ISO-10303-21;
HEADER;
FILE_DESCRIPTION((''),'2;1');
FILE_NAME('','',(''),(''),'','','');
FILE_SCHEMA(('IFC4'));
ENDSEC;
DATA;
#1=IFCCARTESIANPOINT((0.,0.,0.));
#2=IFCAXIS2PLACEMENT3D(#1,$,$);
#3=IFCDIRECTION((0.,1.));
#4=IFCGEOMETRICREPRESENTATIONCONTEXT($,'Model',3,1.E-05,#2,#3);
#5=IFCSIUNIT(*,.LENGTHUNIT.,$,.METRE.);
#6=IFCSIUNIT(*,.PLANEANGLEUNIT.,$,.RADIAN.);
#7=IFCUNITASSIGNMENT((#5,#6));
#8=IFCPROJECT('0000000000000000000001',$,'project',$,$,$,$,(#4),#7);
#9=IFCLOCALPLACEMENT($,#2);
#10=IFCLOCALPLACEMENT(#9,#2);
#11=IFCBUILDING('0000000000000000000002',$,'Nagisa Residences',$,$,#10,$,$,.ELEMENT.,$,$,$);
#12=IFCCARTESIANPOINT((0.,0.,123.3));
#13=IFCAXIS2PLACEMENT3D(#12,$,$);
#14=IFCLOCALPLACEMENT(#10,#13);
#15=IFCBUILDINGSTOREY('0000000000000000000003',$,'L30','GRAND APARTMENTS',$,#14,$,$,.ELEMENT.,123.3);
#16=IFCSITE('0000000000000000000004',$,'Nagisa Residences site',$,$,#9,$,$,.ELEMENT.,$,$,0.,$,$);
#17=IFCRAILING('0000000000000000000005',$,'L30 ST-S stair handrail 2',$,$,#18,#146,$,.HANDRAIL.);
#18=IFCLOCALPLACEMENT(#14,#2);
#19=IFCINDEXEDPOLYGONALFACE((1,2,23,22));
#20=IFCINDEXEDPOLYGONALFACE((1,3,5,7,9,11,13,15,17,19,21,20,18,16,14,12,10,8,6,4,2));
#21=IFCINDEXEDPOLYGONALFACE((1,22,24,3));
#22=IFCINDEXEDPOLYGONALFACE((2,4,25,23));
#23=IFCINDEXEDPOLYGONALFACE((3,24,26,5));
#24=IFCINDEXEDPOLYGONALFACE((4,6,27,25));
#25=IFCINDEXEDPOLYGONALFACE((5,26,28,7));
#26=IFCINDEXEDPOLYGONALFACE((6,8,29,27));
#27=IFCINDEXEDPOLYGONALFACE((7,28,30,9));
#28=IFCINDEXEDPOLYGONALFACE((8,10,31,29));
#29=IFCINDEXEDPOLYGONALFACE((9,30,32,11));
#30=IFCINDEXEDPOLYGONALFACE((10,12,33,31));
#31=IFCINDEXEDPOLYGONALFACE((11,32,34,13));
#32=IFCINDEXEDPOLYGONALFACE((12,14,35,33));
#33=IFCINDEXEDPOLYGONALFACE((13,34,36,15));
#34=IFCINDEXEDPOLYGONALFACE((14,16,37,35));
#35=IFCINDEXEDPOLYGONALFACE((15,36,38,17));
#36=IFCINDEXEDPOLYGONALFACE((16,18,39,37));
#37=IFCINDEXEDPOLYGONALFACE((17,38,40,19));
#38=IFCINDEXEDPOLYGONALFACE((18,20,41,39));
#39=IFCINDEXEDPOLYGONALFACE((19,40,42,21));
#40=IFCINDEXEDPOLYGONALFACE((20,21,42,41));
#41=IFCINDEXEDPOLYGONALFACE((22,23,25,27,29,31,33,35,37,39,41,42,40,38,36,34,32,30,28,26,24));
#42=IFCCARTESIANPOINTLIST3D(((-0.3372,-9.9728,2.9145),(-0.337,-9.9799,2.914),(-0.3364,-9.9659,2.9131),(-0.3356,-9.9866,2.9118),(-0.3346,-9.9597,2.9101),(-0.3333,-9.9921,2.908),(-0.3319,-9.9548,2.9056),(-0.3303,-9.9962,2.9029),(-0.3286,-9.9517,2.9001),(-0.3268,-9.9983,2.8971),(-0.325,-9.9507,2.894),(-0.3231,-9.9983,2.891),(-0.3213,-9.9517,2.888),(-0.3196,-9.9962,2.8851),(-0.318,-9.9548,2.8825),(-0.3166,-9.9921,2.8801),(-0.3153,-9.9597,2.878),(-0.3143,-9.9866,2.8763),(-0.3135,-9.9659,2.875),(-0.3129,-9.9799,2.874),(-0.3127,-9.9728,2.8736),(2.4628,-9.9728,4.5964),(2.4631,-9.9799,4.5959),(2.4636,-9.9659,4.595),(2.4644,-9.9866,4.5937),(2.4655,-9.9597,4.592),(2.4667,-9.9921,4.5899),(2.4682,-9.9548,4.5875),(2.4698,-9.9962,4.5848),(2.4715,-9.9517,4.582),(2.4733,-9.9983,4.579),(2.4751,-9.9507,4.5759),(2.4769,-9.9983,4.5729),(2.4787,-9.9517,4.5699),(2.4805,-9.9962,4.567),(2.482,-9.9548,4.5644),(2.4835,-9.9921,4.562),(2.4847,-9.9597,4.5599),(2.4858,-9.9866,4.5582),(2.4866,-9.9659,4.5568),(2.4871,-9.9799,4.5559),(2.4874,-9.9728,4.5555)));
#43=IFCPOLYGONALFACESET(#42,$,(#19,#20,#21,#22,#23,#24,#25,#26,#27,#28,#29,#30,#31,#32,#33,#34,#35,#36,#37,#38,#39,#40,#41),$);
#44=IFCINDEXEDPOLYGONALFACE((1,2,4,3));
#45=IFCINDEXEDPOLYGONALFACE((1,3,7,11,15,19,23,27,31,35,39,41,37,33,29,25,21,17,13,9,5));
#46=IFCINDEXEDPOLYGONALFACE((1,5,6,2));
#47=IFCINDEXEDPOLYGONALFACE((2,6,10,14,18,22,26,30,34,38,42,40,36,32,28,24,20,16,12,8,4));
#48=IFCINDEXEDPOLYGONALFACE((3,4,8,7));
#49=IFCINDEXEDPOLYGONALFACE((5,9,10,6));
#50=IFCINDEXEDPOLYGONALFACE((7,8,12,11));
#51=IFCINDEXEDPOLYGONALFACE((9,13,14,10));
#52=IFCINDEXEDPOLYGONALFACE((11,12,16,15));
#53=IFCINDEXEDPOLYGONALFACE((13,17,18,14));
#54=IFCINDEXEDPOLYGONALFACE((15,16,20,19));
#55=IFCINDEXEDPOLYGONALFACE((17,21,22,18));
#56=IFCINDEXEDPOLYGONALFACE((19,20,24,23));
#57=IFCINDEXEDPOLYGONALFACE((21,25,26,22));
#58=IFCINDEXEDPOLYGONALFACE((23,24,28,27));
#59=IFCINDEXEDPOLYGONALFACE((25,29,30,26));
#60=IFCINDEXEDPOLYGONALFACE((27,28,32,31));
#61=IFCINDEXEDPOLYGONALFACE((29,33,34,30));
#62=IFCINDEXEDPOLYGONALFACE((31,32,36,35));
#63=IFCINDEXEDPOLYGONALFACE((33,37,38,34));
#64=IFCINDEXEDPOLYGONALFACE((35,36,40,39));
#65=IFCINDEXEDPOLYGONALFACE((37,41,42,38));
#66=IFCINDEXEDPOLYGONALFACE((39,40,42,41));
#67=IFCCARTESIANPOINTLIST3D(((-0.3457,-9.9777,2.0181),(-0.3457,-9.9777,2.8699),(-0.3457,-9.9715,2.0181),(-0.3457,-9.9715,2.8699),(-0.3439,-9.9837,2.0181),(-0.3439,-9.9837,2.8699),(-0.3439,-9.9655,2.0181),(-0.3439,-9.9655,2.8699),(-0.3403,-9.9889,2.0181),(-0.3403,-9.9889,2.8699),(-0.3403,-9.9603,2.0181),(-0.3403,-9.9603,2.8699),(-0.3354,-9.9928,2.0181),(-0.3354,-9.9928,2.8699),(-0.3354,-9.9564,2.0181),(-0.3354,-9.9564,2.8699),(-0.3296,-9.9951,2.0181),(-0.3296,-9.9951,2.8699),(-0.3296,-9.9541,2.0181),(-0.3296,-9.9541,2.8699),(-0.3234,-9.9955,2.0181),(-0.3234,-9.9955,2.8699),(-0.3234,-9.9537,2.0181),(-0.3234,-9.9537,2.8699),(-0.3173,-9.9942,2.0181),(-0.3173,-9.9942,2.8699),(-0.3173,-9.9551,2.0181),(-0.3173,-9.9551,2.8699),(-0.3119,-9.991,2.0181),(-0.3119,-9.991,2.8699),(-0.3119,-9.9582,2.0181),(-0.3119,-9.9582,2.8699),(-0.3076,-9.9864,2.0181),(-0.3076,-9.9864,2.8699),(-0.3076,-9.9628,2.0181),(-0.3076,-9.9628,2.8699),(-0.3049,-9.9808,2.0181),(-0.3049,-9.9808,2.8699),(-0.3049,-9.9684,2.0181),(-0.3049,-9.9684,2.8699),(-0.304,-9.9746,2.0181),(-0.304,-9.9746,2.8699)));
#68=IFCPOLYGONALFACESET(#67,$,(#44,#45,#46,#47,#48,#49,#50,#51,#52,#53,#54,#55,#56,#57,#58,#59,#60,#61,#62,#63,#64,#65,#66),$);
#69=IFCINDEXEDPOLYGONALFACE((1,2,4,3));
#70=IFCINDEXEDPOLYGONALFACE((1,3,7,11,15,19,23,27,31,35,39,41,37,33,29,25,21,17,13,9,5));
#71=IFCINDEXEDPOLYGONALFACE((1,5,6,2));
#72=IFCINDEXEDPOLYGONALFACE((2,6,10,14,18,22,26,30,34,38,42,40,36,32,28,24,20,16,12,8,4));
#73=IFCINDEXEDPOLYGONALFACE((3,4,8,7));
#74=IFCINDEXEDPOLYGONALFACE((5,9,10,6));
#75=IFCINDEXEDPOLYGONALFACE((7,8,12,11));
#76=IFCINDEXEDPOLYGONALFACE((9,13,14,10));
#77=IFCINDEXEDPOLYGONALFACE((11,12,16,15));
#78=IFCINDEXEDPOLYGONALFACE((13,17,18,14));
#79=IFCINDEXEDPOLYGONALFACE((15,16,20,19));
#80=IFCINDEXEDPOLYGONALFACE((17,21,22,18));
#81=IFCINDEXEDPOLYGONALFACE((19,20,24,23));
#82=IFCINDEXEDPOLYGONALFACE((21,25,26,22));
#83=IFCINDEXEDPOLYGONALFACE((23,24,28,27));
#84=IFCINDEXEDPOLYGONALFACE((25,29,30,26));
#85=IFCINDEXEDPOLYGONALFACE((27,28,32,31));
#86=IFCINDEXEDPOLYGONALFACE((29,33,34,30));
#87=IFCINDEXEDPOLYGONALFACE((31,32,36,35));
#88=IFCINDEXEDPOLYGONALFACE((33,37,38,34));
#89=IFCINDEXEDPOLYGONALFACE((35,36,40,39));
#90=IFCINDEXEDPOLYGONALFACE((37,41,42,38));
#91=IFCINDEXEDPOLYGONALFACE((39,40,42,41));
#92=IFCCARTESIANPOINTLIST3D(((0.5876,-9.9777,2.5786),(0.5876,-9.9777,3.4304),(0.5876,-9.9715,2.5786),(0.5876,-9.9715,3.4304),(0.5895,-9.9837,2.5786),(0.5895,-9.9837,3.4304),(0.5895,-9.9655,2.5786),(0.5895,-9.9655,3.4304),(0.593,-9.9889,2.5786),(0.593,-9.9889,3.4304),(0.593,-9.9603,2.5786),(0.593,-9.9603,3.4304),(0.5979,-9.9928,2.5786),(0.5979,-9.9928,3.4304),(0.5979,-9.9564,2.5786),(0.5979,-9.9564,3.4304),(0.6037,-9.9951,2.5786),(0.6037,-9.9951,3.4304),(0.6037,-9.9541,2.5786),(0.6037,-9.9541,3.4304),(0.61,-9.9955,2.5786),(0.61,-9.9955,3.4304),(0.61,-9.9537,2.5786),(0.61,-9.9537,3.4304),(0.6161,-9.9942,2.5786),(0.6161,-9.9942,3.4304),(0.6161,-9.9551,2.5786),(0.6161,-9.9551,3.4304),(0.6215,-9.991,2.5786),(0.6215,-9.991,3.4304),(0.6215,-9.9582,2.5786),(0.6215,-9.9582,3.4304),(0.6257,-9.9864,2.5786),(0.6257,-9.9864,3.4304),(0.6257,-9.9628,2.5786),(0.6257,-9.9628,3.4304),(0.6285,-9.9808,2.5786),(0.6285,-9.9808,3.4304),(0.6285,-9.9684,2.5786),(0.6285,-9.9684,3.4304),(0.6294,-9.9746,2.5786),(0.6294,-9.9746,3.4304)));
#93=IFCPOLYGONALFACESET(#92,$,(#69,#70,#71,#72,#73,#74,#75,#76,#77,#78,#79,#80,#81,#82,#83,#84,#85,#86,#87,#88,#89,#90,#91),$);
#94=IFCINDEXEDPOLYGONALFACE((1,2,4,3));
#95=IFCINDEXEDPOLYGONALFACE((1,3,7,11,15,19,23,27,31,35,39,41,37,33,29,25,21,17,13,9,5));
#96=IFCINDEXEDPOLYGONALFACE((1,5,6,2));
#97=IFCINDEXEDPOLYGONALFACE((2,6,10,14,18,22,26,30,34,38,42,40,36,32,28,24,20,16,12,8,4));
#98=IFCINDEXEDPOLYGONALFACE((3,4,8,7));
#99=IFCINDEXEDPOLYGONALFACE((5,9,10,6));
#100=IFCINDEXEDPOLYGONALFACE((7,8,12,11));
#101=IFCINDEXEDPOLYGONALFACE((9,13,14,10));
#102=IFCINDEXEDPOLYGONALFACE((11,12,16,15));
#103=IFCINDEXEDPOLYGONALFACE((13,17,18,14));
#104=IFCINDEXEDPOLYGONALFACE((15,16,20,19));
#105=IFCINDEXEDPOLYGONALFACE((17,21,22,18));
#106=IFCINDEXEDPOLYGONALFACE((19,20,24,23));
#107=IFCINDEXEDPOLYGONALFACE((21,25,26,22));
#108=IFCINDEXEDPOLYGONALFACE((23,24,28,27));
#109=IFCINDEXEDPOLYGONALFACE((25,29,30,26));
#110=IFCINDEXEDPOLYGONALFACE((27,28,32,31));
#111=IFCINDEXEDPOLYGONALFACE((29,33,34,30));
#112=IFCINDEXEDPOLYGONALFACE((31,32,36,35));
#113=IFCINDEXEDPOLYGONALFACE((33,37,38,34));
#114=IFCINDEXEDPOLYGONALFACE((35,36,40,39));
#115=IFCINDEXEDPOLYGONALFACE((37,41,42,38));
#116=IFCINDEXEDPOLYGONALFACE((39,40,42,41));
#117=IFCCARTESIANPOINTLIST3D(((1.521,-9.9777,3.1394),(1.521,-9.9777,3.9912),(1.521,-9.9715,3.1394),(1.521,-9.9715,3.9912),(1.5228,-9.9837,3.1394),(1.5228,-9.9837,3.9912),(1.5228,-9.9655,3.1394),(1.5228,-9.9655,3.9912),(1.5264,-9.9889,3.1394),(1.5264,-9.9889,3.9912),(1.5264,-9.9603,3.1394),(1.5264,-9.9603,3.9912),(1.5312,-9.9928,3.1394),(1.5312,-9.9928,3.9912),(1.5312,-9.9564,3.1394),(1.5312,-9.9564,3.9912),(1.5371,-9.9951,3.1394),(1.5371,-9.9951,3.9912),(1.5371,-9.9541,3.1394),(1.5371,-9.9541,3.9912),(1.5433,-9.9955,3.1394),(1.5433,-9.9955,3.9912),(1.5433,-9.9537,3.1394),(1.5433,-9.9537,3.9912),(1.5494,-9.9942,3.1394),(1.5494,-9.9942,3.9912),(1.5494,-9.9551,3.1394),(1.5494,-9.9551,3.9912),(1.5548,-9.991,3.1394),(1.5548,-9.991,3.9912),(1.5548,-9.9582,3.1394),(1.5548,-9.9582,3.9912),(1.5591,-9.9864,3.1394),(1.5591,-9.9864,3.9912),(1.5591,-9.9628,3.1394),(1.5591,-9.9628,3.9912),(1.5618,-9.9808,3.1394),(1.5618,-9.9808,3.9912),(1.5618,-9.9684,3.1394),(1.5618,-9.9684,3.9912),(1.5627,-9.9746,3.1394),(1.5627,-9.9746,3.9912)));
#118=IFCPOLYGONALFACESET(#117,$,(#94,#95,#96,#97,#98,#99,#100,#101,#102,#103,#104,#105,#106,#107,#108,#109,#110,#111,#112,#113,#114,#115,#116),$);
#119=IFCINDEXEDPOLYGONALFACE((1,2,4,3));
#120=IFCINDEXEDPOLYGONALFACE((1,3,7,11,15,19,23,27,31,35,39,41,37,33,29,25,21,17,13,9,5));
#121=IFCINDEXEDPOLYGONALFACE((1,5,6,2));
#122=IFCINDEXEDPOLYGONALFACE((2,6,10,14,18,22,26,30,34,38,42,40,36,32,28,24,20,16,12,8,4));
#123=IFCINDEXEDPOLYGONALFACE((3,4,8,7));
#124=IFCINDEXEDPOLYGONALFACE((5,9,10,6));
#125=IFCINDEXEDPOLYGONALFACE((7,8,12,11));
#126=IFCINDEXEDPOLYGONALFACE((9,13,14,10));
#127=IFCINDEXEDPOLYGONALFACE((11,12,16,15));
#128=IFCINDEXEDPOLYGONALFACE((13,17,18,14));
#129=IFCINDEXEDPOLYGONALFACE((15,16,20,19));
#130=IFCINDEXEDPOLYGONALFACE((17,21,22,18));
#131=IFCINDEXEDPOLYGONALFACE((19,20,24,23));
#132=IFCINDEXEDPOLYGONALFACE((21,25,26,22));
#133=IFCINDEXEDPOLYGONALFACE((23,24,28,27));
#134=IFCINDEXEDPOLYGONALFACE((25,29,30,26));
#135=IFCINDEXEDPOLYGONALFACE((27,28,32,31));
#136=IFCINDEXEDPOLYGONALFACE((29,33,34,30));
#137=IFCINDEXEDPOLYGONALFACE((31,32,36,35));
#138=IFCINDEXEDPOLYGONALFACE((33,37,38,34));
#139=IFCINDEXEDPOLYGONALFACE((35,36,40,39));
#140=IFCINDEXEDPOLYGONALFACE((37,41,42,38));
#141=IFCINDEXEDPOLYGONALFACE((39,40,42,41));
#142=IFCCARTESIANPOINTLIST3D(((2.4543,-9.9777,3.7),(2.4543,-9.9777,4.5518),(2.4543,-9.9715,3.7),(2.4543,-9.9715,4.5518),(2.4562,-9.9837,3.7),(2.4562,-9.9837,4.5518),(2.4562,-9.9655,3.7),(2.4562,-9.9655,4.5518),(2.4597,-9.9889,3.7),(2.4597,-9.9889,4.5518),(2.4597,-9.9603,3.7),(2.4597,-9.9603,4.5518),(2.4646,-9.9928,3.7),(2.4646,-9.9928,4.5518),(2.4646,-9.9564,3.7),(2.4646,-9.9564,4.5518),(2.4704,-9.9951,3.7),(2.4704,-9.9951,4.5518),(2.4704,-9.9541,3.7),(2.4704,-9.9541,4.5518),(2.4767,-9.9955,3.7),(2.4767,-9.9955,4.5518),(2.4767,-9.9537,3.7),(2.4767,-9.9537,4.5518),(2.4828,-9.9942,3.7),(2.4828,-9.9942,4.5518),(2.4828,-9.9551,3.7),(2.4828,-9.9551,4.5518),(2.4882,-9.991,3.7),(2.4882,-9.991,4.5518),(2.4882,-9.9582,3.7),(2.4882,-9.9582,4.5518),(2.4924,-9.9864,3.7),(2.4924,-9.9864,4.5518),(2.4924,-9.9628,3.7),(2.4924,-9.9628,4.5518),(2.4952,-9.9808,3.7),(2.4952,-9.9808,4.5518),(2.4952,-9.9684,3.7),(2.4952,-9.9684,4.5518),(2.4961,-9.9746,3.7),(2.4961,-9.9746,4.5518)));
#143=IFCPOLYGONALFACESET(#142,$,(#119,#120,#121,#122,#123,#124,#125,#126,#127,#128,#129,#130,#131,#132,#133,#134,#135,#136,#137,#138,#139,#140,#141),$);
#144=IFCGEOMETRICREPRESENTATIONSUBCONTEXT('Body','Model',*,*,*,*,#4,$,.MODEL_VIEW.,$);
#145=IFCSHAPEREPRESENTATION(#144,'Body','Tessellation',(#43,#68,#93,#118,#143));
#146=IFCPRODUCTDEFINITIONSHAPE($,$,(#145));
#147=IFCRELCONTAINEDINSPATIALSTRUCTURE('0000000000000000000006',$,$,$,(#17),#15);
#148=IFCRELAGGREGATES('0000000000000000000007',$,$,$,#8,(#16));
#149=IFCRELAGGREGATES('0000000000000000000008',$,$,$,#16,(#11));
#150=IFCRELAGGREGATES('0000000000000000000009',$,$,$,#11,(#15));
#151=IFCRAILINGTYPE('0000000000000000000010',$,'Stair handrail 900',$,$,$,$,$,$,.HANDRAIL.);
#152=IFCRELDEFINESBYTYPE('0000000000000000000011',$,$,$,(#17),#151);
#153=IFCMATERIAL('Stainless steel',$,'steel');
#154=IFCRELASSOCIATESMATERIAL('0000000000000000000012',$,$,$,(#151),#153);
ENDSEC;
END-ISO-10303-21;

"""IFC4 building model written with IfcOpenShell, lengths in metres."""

from ifc_helpers import new_model, si_unit, direction, frame, origin, origin_2d, place, context, subcontext, project, spatial, circle, extrude, material, type_object, element, save


model = new_model("IFC4")

# Units and contexts
model_context = context("Model", 3, precision=1e-05, world=origin(), true_north=direction((0.0, 1.0)))
body_context = subcontext(model_context, "Body", "Model", "MODEL_VIEW")
ifc_project = project(units=[si_unit("LENGTHUNIT", "METRE"), si_unit("PLANEANGLEUNIT", "RADIAN")], contexts=[model_context])

# Site, building, storey
site_placement = place(None, origin())
site = spatial("IfcSite", under=ifc_project, at=site_placement, Name="Nagisa Residences site", CompositionType="ELEMENT", RefElevation=0.0)
building_placement = place(site_placement, origin())
building = spatial("IfcBuilding", under=site, at=building_placement, Name="Nagisa Residences", CompositionType="ELEMENT")
storey_placement = place(building_placement, frame((0.0, 0.0, 123.3)))
storey = spatial("IfcBuildingStorey", under=building, at=storey_placement, Name="L30", Description="GRAND APARTMENTS", CompositionType="ELEMENT", Elevation=123.3)

# Railing
ifc_material_1 = material(Name="Stainless steel", Category="steel")
railing_type = type_object("IfcRailingType", Name="Stair handrail 900", PredefinedType="HANDRAIL", material=ifc_material_1)
railing_placement = place(storey_placement, frame((-0.325, -9.9746, 2.0181)))
element("IfcRailing", 1, at=railing_placement, inside=storey, type_object=railing_type, Name="L30 ST-S stair handrail 2", PredefinedType="HANDRAIL", context=body_context, shape_type="SweptSolid", body=[
    extrude(circle(Radius=0.0239, at=origin_2d()), frame((0.0, 0.0, 0.876), z_axis=(0.857242, 0.0, 0.514913), x_axis=(0.0, 1.0, 0.0)), (0.0, 0.0, 1.0), 3.2664),
    extrude(circle(Radius=0.021, at=origin_2d()), origin(), (0.0, 0.0, 1.0), 0.8518),
    extrude(circle(Radius=0.021, at=origin_2d()), frame((0.9333, 0.0, 0.5605)), (0.0, 0.0, 1.0), 0.8518),
    extrude(circle(Radius=0.021, at=origin_2d()), frame((1.8667, 0.0, 1.1213)), (0.0, 0.0, 1.0), 0.8518),
    extrude(circle(Radius=0.021, at=origin_2d()), frame((2.8, 0.0, 1.6819)), (0.0, 0.0, 1.0), 0.8518),
])

save(model, "model.ifc")
